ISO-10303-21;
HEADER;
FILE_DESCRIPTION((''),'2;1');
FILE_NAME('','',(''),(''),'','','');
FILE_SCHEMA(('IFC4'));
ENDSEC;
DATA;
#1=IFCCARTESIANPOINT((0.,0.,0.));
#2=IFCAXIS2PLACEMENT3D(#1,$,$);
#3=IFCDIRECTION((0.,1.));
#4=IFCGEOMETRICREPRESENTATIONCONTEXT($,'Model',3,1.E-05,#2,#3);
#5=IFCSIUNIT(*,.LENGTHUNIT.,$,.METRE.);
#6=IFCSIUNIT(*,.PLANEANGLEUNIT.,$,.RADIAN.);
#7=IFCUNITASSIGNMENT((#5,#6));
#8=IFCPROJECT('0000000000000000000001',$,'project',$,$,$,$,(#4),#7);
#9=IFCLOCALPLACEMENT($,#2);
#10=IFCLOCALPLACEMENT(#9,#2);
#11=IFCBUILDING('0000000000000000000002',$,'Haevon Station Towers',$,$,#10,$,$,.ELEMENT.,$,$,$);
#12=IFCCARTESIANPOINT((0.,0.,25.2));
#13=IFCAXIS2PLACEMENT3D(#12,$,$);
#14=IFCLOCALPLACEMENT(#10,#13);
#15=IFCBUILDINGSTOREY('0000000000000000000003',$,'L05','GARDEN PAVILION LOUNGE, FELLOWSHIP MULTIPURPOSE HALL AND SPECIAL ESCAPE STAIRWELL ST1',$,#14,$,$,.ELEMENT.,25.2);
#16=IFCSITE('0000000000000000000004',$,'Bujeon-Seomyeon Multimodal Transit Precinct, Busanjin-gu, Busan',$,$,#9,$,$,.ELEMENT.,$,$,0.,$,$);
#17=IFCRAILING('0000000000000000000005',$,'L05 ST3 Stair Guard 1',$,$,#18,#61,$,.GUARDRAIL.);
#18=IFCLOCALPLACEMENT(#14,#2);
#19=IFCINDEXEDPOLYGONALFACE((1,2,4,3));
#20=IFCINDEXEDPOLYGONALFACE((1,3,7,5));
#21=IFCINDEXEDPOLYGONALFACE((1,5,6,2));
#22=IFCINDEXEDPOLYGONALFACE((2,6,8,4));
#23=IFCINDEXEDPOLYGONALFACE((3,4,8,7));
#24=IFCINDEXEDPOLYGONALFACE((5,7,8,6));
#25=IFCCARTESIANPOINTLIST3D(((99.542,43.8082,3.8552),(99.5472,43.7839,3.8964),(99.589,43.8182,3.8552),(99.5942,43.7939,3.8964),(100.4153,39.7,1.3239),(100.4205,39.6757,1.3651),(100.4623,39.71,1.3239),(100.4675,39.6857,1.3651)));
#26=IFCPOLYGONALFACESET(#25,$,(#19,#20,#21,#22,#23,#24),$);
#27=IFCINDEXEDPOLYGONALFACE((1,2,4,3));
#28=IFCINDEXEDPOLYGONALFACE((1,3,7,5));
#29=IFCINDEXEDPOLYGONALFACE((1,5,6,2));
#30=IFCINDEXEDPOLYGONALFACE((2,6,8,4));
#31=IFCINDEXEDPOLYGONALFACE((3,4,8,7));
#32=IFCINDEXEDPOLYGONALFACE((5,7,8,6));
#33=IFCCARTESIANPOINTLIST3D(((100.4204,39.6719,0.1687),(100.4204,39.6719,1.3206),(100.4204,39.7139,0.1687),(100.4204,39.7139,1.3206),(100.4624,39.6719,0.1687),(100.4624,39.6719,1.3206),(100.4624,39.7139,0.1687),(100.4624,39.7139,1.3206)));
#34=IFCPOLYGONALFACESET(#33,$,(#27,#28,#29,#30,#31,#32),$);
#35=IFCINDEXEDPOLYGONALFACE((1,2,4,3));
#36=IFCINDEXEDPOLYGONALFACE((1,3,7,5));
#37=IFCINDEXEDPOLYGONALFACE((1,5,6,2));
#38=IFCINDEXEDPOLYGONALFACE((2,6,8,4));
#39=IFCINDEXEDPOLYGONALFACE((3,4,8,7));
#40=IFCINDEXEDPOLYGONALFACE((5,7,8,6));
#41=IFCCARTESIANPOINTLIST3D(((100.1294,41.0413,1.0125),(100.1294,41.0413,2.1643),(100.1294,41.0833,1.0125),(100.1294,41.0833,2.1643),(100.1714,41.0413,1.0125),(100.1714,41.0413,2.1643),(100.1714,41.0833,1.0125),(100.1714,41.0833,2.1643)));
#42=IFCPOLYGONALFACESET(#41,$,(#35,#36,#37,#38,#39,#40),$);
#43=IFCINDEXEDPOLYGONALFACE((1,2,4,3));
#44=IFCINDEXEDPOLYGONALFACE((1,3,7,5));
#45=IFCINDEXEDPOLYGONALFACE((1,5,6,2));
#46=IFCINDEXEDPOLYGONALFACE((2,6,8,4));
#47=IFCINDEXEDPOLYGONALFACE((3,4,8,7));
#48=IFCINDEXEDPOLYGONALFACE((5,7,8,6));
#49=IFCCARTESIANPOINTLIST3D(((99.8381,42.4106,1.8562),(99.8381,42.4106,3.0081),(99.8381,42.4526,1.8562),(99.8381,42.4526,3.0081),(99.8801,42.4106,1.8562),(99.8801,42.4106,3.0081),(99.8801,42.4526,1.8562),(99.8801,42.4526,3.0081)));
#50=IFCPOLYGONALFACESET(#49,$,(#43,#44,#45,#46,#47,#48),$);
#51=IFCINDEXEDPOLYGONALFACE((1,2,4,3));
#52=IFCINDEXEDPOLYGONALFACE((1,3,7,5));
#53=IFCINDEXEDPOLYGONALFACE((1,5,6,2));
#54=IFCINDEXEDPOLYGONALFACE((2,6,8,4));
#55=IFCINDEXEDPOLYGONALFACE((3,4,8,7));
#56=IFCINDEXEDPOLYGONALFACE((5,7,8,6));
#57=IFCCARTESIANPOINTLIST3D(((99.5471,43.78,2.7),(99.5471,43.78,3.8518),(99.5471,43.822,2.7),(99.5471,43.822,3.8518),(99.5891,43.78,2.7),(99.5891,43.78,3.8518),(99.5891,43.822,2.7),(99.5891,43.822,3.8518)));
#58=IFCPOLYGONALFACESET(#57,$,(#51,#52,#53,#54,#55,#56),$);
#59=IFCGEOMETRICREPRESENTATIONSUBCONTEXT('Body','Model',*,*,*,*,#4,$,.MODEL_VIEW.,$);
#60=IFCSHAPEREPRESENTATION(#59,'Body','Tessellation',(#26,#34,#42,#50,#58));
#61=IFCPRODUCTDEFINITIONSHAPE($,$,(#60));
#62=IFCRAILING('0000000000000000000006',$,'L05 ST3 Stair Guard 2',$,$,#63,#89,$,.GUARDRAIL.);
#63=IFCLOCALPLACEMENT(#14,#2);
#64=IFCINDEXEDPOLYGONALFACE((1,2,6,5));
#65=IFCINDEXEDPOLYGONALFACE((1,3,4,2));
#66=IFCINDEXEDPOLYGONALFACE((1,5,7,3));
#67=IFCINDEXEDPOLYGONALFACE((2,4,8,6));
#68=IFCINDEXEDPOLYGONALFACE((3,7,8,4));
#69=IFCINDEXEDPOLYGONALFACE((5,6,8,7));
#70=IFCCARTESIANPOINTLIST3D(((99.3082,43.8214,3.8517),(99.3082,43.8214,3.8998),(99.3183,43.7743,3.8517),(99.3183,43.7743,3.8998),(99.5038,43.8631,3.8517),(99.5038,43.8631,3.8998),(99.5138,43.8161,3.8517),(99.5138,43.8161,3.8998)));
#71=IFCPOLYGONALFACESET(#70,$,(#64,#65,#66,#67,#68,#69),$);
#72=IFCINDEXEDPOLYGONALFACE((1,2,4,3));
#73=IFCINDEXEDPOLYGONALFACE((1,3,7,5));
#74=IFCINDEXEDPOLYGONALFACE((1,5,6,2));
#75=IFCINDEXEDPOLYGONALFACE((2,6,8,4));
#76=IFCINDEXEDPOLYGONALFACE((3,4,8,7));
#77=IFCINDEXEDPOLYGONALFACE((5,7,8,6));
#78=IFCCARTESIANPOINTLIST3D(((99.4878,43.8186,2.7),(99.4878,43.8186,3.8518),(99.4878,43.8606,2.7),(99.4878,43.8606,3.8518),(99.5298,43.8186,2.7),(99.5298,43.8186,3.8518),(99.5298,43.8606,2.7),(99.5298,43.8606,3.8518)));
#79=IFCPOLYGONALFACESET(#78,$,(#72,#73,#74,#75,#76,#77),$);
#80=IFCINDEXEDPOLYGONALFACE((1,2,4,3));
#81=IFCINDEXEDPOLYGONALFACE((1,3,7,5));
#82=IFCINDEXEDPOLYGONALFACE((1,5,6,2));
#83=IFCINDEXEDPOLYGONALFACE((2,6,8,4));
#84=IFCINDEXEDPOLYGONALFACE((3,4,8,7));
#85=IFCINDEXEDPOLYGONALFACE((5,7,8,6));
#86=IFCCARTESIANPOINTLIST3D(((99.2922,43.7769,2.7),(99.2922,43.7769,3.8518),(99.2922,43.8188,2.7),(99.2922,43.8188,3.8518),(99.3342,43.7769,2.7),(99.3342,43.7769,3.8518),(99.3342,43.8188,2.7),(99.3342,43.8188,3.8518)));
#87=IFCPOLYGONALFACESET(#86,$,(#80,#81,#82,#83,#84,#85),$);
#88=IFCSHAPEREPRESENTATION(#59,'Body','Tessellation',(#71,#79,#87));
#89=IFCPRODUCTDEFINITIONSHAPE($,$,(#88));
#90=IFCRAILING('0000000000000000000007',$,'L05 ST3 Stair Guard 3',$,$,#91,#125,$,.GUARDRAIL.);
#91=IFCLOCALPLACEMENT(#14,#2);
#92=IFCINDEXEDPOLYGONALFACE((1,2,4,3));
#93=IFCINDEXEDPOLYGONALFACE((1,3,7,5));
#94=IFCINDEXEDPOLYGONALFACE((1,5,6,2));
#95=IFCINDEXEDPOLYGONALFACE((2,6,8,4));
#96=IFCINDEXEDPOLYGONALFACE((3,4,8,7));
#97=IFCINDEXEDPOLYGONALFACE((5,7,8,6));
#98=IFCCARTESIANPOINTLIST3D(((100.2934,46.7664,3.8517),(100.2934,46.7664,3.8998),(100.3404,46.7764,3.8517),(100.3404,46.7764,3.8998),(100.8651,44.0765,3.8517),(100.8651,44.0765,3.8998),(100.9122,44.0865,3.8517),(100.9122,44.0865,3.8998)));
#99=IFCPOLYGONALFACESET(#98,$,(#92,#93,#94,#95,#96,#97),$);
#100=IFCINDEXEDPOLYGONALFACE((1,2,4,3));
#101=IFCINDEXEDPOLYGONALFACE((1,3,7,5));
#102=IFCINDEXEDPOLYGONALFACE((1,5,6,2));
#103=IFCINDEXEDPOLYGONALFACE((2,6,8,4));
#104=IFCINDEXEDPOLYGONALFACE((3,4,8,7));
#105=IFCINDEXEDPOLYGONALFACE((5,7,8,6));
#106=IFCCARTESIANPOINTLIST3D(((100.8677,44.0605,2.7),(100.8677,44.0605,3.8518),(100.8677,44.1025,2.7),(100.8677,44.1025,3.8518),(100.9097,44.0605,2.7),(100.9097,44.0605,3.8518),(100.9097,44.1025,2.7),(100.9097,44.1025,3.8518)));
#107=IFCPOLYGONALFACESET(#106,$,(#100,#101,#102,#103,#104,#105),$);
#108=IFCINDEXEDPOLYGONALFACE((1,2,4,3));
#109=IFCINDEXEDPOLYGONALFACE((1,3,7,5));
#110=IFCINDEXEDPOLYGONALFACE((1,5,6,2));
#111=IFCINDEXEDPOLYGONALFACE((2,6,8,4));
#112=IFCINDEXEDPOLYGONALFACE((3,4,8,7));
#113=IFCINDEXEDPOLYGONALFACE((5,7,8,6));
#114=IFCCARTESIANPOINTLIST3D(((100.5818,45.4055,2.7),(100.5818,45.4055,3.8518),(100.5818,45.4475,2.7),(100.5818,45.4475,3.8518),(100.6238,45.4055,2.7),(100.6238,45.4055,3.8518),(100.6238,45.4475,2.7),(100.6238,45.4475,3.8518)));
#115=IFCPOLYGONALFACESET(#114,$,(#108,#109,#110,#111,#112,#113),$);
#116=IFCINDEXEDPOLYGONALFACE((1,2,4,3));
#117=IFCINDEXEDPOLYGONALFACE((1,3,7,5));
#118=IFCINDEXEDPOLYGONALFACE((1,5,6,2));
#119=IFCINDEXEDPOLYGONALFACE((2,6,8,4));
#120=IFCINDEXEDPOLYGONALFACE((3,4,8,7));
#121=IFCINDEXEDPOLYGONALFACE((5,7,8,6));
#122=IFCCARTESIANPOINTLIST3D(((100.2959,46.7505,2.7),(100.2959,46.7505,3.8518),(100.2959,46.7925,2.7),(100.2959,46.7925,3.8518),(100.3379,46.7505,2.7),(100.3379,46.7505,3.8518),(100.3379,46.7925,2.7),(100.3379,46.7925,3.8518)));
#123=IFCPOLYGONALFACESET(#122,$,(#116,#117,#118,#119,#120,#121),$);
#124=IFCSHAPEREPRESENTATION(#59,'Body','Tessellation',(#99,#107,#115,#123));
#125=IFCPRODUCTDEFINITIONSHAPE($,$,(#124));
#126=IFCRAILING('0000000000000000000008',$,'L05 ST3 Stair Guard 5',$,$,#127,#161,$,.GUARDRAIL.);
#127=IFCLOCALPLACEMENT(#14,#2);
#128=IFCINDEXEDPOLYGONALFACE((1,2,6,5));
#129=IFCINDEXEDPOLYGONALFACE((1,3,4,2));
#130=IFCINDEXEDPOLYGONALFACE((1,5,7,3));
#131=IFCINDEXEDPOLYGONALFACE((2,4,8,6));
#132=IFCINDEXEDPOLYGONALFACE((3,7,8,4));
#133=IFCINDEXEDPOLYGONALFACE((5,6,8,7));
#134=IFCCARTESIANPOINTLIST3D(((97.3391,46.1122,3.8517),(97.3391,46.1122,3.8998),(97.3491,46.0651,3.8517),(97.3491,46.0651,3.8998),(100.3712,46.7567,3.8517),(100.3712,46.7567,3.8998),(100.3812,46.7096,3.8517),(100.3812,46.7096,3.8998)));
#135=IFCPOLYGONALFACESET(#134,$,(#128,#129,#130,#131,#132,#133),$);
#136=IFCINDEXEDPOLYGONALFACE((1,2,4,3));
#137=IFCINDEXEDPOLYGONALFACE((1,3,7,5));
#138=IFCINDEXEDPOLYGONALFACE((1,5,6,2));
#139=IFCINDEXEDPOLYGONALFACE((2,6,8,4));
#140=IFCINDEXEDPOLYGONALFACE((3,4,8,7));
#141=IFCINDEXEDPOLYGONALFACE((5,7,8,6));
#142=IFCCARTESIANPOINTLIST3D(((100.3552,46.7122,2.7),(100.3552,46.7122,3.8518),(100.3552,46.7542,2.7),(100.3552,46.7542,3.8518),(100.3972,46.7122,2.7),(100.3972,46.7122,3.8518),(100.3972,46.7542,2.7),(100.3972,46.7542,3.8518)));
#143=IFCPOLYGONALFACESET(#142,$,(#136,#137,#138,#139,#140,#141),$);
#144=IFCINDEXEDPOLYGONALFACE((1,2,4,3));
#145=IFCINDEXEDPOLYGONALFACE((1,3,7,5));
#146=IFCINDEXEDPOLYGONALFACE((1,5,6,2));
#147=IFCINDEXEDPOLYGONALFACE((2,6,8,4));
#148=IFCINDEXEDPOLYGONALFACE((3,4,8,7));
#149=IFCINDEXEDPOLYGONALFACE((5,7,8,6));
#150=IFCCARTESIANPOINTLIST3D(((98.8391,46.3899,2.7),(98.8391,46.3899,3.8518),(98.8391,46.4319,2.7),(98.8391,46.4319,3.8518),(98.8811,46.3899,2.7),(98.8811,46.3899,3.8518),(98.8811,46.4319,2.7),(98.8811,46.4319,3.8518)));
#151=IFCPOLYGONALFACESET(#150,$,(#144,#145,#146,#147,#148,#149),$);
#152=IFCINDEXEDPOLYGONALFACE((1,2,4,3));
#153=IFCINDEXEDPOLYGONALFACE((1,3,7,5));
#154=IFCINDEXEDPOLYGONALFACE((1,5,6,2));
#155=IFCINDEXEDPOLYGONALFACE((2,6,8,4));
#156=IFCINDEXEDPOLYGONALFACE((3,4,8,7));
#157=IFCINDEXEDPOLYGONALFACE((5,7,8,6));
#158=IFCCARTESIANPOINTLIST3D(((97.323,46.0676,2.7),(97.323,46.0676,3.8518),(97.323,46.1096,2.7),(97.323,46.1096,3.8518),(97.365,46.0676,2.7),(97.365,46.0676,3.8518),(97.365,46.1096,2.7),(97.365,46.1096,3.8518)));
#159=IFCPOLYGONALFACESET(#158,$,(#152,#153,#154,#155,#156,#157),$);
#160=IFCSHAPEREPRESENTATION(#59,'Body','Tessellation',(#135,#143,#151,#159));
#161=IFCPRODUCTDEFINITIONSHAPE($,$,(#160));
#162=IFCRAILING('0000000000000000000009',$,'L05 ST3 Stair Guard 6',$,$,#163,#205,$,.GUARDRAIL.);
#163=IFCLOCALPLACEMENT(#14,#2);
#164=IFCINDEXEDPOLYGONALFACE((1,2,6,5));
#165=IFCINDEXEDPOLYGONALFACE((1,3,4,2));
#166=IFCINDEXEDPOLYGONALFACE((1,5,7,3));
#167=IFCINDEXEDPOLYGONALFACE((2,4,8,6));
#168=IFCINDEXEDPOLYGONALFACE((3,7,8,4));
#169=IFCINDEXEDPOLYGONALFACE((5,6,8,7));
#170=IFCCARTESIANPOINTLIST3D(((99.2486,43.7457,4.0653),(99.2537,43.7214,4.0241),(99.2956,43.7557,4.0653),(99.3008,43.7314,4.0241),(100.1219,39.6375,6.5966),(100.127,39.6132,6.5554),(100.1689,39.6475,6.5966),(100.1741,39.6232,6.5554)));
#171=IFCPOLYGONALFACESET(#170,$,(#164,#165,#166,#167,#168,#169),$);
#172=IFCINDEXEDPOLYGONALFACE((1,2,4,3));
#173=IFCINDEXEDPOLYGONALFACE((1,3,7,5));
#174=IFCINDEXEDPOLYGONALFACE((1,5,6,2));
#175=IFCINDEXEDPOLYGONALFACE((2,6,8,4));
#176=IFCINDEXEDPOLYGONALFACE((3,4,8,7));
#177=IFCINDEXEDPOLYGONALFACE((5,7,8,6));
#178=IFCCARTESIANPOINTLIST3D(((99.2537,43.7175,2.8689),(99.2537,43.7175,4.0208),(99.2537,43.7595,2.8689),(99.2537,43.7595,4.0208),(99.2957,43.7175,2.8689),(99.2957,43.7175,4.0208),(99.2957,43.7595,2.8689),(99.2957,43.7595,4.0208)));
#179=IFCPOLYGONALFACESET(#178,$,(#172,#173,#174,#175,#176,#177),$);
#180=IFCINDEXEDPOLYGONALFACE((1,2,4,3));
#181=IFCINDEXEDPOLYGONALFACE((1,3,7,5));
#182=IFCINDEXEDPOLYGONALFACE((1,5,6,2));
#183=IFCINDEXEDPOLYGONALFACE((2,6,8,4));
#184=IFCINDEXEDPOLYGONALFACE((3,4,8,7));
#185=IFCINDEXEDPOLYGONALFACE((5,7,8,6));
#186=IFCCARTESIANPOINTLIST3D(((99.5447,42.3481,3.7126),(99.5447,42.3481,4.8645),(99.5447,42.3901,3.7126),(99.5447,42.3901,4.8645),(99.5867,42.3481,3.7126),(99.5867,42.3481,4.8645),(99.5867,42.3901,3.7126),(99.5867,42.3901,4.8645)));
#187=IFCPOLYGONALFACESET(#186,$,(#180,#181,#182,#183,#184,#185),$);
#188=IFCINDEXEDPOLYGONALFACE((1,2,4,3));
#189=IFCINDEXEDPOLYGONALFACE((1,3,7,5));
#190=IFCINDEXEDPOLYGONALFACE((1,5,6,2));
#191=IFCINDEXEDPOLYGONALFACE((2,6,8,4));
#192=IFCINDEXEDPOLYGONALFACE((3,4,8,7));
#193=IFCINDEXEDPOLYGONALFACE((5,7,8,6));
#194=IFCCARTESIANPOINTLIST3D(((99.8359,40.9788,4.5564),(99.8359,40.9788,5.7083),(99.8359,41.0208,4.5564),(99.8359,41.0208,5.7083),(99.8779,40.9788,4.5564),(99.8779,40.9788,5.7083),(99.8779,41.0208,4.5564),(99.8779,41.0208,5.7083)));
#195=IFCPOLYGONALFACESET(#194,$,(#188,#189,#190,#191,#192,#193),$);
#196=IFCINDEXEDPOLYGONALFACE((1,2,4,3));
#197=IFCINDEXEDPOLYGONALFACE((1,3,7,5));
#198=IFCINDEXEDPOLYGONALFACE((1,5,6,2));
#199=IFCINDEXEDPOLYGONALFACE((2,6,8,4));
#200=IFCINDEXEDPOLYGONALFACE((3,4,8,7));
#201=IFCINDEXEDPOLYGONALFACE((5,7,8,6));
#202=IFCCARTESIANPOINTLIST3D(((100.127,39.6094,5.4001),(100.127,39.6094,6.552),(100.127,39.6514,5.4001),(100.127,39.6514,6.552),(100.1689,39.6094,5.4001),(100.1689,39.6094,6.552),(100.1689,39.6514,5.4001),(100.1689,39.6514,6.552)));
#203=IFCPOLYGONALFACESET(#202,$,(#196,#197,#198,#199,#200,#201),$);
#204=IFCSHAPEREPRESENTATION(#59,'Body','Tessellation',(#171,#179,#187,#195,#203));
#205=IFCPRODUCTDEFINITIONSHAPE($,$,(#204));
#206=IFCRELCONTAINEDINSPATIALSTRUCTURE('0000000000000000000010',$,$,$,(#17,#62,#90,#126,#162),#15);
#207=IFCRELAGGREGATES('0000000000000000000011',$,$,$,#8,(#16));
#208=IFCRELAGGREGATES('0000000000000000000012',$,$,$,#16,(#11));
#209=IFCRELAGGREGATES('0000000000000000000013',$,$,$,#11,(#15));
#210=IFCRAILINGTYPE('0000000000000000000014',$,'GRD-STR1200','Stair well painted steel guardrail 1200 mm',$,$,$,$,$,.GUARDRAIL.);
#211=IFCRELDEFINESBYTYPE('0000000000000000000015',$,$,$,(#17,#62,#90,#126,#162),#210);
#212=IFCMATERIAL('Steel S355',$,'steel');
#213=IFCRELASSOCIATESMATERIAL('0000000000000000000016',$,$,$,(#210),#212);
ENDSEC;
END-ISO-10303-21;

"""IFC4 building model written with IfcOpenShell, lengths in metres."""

from ifc_helpers import new_model, si_unit, direction, frame, origin, origin_2d, place, context, subcontext, project, spatial, rectangle, extrude, material, type_object, element, save


model = new_model("IFC4")

# Units and contexts
model_context = context("Model", 3, precision=1e-05, world=origin(), true_north=direction((0.0, 1.0)))
body_context = subcontext(model_context, "Body", "Model", "MODEL_VIEW")
ifc_project = project(units=[si_unit("LENGTHUNIT", "METRE"), si_unit("PLANEANGLEUNIT", "RADIAN")], contexts=[model_context])

# Site, building, storey
site_placement = place(None, origin())
site = spatial("IfcSite", under=ifc_project, at=site_placement, Name="Bujeon-Seomyeon Multimodal Transit Precinct, Busanjin-gu, Busan", CompositionType="ELEMENT", RefElevation=0.0)
building_placement = place(site_placement, origin())
building = spatial("IfcBuilding", under=site, at=building_placement, Name="Haevon Station Towers", CompositionType="ELEMENT")
storey_placement = place(building_placement, frame((0.0, 0.0, 25.2)))
storey = spatial("IfcBuildingStorey", under=building, at=storey_placement, Name="L05", Description="GARDEN PAVILION LOUNGE, FELLOWSHIP MULTIPURPOSE HALL AND SPECIAL ESCAPE STAIRWELL ST1", CompositionType="ELEMENT", Elevation=25.2)

# Railings
ifc_material_1 = material(Name="Steel S355", Category="steel")
railing_type_1 = type_object("IfcRailingType", Name="GRD-STR1200", Description="Stair well painted steel guardrail 1200 mm", PredefinedType="GUARDRAIL", material=ifc_material_1)
railing_1_placement = place(storey_placement, frame((100.4414, 39.6929, 0.1687)))
element("IfcRailing", 1, at=railing_1_placement, inside=storey, type_object=railing_type_1, Name="L05 ST3 Stair Guard 1", PredefinedType="GUARDRAIL", context=body_context, shape_type="SweptSolid", body=[
    extrude(rectangle(XDim=0.0481, YDim=0.0481, at=origin_2d()), frame((0.0, 0.0, 1.1758), z_axis=(-0.178086, 0.837757, 0.516186), x_axis=(-0.978144, -0.207929, 0.0)), (0.0, 0.0, 1.0), 4.9038),
    extrude(rectangle(XDim=0.042, YDim=0.042, at=origin_2d()), origin(), (0.0, 0.0, 1.0), 1.1519),
    extrude(rectangle(XDim=0.042, YDim=0.042, at=origin_2d()), frame((-0.291, 1.3694, 0.8438)), (0.0, 0.0, 1.0), 1.1519),
    extrude(rectangle(XDim=0.042, YDim=0.042, at=origin_2d()), frame((-0.5823, 2.7388, 1.6875)), (0.0, 0.0, 1.0), 1.1519),
    extrude(rectangle(XDim=0.042, YDim=0.042, at=origin_2d()), frame((-0.8733, 4.1082, 2.5312)), (0.0, 0.0, 1.0), 1.1519),
])
railing_2_placement = place(storey_placement, frame((99.5088, 43.8396, 2.7)))
element("IfcRailing", 2, at=railing_2_placement, inside=storey, type_object=railing_type_1, Name="L05 ST3 Stair Guard 2", PredefinedType="GUARDRAIL", context=body_context, shape_type="SweptSolid", body=[
    extrude(rectangle(XDim=0.0481, YDim=0.0481, at=origin_2d()), frame((0.0, 0.0, 1.1758), z_axis=(-0.977963, -0.208779, 0.0), x_axis=(0.208779, -0.977963, 0.0)), (0.0, 0.0, 1.0), 0.2),
    extrude(rectangle(XDim=0.042, YDim=0.042, at=origin_2d()), origin(), (0.0, 0.0, 1.0), 1.1519),
    extrude(rectangle(XDim=0.042, YDim=0.042, at=origin_2d()), frame((-0.1956, -0.0417, 0.0)), (0.0, 0.0, 1.0), 1.1519),
])
railing_3_placement = place(storey_placement, frame((100.8887, 44.0815, 2.7)))
element("IfcRailing", 3, at=railing_3_placement, inside=storey, type_object=railing_type_1, Name="L05 ST3 Stair Guard 3", PredefinedType="GUARDRAIL", context=body_context, shape_type="SweptSolid", body=[
    extrude(rectangle(XDim=0.0481, YDim=0.0481, at=origin_2d()), frame((0.0, 0.0, 1.1758), z_axis=(-0.207916, 0.978147, 0.0), x_axis=(-0.978147, -0.207916, 0.0)), (0.0, 0.0, 1.0), 2.75),
    extrude(rectangle(XDim=0.042, YDim=0.042, at=origin_2d()), origin(), (0.0, 0.0, 1.0), 1.1519),
    extrude(rectangle(XDim=0.042, YDim=0.042, at=origin_2d()), frame((-0.2859, 1.345, 0.0)), (0.0, 0.0, 1.0), 1.1519),
    extrude(rectangle(XDim=0.042, YDim=0.042, at=origin_2d()), frame((-0.5718, 2.6899, 0.0)), (0.0, 0.0, 1.0), 1.1519),
])
railing_4_placement = place(storey_placement, frame((100.3762, 46.7332, 2.7)))
element("IfcRailing", 4, at=railing_4_placement, inside=storey, type_object=railing_type_1, Name="L05 ST3 Stair Guard 5", PredefinedType="GUARDRAIL", context=body_context, shape_type="SweptSolid", body=[
    extrude(rectangle(XDim=0.0481, YDim=0.0481, at=origin_2d()), frame((0.0, 0.0, 1.1758), z_axis=(-0.978147, -0.207915, 0.0), x_axis=(0.207915, -0.978147, 0.0)), (0.0, 0.0, 1.0), 3.0999),
    extrude(rectangle(XDim=0.042, YDim=0.042, at=origin_2d()), origin(), (0.0, 0.0, 1.0), 1.1519),
    extrude(rectangle(XDim=0.042, YDim=0.042, at=origin_2d()), frame((-1.5161, -0.3223, 0.0)), (0.0, 0.0, 1.0), 1.1519),
    extrude(rectangle(XDim=0.042, YDim=0.042, at=origin_2d()), frame((-3.0322, -0.6445, 0.0)), (0.0, 0.0, 1.0), 1.1519),
])
railing_5_placement = place(storey_placement, frame((99.2747, 43.7385, 2.8689)))
element("IfcRailing", 5, at=railing_5_placement, inside=storey, type_object=railing_type_1, Name="L05 ST3 Stair Guard 6", PredefinedType="GUARDRAIL", context=body_context, shape_type="SweptSolid", body=[
    extrude(rectangle(XDim=0.0481, YDim=0.0481, at=origin_2d()), frame((0.0, 0.0, 1.1758), z_axis=(0.178086, -0.837757, 0.516186), x_axis=(0.978144, 0.207929, 0.0)), (0.0, 0.0, 1.0), 4.9038),
    extrude(rectangle(XDim=0.042, YDim=0.042, at=origin_2d()), origin(), (0.0, 0.0, 1.0), 1.1519),
    extrude(rectangle(XDim=0.042, YDim=0.042, at=origin_2d()), frame((0.291, -1.3694, 0.8438)), (0.0, 0.0, 1.0), 1.1519),
    extrude(rectangle(XDim=0.042, YDim=0.042, at=origin_2d()), frame((0.5823, -2.7388, 1.6875)), (0.0, 0.0, 1.0), 1.1519),
    extrude(rectangle(XDim=0.042, YDim=0.042, at=origin_2d()), frame((0.8733, -4.1082, 2.5312)), (0.0, 0.0, 1.0), 1.1519),
])

save(model, "model.ifc")
